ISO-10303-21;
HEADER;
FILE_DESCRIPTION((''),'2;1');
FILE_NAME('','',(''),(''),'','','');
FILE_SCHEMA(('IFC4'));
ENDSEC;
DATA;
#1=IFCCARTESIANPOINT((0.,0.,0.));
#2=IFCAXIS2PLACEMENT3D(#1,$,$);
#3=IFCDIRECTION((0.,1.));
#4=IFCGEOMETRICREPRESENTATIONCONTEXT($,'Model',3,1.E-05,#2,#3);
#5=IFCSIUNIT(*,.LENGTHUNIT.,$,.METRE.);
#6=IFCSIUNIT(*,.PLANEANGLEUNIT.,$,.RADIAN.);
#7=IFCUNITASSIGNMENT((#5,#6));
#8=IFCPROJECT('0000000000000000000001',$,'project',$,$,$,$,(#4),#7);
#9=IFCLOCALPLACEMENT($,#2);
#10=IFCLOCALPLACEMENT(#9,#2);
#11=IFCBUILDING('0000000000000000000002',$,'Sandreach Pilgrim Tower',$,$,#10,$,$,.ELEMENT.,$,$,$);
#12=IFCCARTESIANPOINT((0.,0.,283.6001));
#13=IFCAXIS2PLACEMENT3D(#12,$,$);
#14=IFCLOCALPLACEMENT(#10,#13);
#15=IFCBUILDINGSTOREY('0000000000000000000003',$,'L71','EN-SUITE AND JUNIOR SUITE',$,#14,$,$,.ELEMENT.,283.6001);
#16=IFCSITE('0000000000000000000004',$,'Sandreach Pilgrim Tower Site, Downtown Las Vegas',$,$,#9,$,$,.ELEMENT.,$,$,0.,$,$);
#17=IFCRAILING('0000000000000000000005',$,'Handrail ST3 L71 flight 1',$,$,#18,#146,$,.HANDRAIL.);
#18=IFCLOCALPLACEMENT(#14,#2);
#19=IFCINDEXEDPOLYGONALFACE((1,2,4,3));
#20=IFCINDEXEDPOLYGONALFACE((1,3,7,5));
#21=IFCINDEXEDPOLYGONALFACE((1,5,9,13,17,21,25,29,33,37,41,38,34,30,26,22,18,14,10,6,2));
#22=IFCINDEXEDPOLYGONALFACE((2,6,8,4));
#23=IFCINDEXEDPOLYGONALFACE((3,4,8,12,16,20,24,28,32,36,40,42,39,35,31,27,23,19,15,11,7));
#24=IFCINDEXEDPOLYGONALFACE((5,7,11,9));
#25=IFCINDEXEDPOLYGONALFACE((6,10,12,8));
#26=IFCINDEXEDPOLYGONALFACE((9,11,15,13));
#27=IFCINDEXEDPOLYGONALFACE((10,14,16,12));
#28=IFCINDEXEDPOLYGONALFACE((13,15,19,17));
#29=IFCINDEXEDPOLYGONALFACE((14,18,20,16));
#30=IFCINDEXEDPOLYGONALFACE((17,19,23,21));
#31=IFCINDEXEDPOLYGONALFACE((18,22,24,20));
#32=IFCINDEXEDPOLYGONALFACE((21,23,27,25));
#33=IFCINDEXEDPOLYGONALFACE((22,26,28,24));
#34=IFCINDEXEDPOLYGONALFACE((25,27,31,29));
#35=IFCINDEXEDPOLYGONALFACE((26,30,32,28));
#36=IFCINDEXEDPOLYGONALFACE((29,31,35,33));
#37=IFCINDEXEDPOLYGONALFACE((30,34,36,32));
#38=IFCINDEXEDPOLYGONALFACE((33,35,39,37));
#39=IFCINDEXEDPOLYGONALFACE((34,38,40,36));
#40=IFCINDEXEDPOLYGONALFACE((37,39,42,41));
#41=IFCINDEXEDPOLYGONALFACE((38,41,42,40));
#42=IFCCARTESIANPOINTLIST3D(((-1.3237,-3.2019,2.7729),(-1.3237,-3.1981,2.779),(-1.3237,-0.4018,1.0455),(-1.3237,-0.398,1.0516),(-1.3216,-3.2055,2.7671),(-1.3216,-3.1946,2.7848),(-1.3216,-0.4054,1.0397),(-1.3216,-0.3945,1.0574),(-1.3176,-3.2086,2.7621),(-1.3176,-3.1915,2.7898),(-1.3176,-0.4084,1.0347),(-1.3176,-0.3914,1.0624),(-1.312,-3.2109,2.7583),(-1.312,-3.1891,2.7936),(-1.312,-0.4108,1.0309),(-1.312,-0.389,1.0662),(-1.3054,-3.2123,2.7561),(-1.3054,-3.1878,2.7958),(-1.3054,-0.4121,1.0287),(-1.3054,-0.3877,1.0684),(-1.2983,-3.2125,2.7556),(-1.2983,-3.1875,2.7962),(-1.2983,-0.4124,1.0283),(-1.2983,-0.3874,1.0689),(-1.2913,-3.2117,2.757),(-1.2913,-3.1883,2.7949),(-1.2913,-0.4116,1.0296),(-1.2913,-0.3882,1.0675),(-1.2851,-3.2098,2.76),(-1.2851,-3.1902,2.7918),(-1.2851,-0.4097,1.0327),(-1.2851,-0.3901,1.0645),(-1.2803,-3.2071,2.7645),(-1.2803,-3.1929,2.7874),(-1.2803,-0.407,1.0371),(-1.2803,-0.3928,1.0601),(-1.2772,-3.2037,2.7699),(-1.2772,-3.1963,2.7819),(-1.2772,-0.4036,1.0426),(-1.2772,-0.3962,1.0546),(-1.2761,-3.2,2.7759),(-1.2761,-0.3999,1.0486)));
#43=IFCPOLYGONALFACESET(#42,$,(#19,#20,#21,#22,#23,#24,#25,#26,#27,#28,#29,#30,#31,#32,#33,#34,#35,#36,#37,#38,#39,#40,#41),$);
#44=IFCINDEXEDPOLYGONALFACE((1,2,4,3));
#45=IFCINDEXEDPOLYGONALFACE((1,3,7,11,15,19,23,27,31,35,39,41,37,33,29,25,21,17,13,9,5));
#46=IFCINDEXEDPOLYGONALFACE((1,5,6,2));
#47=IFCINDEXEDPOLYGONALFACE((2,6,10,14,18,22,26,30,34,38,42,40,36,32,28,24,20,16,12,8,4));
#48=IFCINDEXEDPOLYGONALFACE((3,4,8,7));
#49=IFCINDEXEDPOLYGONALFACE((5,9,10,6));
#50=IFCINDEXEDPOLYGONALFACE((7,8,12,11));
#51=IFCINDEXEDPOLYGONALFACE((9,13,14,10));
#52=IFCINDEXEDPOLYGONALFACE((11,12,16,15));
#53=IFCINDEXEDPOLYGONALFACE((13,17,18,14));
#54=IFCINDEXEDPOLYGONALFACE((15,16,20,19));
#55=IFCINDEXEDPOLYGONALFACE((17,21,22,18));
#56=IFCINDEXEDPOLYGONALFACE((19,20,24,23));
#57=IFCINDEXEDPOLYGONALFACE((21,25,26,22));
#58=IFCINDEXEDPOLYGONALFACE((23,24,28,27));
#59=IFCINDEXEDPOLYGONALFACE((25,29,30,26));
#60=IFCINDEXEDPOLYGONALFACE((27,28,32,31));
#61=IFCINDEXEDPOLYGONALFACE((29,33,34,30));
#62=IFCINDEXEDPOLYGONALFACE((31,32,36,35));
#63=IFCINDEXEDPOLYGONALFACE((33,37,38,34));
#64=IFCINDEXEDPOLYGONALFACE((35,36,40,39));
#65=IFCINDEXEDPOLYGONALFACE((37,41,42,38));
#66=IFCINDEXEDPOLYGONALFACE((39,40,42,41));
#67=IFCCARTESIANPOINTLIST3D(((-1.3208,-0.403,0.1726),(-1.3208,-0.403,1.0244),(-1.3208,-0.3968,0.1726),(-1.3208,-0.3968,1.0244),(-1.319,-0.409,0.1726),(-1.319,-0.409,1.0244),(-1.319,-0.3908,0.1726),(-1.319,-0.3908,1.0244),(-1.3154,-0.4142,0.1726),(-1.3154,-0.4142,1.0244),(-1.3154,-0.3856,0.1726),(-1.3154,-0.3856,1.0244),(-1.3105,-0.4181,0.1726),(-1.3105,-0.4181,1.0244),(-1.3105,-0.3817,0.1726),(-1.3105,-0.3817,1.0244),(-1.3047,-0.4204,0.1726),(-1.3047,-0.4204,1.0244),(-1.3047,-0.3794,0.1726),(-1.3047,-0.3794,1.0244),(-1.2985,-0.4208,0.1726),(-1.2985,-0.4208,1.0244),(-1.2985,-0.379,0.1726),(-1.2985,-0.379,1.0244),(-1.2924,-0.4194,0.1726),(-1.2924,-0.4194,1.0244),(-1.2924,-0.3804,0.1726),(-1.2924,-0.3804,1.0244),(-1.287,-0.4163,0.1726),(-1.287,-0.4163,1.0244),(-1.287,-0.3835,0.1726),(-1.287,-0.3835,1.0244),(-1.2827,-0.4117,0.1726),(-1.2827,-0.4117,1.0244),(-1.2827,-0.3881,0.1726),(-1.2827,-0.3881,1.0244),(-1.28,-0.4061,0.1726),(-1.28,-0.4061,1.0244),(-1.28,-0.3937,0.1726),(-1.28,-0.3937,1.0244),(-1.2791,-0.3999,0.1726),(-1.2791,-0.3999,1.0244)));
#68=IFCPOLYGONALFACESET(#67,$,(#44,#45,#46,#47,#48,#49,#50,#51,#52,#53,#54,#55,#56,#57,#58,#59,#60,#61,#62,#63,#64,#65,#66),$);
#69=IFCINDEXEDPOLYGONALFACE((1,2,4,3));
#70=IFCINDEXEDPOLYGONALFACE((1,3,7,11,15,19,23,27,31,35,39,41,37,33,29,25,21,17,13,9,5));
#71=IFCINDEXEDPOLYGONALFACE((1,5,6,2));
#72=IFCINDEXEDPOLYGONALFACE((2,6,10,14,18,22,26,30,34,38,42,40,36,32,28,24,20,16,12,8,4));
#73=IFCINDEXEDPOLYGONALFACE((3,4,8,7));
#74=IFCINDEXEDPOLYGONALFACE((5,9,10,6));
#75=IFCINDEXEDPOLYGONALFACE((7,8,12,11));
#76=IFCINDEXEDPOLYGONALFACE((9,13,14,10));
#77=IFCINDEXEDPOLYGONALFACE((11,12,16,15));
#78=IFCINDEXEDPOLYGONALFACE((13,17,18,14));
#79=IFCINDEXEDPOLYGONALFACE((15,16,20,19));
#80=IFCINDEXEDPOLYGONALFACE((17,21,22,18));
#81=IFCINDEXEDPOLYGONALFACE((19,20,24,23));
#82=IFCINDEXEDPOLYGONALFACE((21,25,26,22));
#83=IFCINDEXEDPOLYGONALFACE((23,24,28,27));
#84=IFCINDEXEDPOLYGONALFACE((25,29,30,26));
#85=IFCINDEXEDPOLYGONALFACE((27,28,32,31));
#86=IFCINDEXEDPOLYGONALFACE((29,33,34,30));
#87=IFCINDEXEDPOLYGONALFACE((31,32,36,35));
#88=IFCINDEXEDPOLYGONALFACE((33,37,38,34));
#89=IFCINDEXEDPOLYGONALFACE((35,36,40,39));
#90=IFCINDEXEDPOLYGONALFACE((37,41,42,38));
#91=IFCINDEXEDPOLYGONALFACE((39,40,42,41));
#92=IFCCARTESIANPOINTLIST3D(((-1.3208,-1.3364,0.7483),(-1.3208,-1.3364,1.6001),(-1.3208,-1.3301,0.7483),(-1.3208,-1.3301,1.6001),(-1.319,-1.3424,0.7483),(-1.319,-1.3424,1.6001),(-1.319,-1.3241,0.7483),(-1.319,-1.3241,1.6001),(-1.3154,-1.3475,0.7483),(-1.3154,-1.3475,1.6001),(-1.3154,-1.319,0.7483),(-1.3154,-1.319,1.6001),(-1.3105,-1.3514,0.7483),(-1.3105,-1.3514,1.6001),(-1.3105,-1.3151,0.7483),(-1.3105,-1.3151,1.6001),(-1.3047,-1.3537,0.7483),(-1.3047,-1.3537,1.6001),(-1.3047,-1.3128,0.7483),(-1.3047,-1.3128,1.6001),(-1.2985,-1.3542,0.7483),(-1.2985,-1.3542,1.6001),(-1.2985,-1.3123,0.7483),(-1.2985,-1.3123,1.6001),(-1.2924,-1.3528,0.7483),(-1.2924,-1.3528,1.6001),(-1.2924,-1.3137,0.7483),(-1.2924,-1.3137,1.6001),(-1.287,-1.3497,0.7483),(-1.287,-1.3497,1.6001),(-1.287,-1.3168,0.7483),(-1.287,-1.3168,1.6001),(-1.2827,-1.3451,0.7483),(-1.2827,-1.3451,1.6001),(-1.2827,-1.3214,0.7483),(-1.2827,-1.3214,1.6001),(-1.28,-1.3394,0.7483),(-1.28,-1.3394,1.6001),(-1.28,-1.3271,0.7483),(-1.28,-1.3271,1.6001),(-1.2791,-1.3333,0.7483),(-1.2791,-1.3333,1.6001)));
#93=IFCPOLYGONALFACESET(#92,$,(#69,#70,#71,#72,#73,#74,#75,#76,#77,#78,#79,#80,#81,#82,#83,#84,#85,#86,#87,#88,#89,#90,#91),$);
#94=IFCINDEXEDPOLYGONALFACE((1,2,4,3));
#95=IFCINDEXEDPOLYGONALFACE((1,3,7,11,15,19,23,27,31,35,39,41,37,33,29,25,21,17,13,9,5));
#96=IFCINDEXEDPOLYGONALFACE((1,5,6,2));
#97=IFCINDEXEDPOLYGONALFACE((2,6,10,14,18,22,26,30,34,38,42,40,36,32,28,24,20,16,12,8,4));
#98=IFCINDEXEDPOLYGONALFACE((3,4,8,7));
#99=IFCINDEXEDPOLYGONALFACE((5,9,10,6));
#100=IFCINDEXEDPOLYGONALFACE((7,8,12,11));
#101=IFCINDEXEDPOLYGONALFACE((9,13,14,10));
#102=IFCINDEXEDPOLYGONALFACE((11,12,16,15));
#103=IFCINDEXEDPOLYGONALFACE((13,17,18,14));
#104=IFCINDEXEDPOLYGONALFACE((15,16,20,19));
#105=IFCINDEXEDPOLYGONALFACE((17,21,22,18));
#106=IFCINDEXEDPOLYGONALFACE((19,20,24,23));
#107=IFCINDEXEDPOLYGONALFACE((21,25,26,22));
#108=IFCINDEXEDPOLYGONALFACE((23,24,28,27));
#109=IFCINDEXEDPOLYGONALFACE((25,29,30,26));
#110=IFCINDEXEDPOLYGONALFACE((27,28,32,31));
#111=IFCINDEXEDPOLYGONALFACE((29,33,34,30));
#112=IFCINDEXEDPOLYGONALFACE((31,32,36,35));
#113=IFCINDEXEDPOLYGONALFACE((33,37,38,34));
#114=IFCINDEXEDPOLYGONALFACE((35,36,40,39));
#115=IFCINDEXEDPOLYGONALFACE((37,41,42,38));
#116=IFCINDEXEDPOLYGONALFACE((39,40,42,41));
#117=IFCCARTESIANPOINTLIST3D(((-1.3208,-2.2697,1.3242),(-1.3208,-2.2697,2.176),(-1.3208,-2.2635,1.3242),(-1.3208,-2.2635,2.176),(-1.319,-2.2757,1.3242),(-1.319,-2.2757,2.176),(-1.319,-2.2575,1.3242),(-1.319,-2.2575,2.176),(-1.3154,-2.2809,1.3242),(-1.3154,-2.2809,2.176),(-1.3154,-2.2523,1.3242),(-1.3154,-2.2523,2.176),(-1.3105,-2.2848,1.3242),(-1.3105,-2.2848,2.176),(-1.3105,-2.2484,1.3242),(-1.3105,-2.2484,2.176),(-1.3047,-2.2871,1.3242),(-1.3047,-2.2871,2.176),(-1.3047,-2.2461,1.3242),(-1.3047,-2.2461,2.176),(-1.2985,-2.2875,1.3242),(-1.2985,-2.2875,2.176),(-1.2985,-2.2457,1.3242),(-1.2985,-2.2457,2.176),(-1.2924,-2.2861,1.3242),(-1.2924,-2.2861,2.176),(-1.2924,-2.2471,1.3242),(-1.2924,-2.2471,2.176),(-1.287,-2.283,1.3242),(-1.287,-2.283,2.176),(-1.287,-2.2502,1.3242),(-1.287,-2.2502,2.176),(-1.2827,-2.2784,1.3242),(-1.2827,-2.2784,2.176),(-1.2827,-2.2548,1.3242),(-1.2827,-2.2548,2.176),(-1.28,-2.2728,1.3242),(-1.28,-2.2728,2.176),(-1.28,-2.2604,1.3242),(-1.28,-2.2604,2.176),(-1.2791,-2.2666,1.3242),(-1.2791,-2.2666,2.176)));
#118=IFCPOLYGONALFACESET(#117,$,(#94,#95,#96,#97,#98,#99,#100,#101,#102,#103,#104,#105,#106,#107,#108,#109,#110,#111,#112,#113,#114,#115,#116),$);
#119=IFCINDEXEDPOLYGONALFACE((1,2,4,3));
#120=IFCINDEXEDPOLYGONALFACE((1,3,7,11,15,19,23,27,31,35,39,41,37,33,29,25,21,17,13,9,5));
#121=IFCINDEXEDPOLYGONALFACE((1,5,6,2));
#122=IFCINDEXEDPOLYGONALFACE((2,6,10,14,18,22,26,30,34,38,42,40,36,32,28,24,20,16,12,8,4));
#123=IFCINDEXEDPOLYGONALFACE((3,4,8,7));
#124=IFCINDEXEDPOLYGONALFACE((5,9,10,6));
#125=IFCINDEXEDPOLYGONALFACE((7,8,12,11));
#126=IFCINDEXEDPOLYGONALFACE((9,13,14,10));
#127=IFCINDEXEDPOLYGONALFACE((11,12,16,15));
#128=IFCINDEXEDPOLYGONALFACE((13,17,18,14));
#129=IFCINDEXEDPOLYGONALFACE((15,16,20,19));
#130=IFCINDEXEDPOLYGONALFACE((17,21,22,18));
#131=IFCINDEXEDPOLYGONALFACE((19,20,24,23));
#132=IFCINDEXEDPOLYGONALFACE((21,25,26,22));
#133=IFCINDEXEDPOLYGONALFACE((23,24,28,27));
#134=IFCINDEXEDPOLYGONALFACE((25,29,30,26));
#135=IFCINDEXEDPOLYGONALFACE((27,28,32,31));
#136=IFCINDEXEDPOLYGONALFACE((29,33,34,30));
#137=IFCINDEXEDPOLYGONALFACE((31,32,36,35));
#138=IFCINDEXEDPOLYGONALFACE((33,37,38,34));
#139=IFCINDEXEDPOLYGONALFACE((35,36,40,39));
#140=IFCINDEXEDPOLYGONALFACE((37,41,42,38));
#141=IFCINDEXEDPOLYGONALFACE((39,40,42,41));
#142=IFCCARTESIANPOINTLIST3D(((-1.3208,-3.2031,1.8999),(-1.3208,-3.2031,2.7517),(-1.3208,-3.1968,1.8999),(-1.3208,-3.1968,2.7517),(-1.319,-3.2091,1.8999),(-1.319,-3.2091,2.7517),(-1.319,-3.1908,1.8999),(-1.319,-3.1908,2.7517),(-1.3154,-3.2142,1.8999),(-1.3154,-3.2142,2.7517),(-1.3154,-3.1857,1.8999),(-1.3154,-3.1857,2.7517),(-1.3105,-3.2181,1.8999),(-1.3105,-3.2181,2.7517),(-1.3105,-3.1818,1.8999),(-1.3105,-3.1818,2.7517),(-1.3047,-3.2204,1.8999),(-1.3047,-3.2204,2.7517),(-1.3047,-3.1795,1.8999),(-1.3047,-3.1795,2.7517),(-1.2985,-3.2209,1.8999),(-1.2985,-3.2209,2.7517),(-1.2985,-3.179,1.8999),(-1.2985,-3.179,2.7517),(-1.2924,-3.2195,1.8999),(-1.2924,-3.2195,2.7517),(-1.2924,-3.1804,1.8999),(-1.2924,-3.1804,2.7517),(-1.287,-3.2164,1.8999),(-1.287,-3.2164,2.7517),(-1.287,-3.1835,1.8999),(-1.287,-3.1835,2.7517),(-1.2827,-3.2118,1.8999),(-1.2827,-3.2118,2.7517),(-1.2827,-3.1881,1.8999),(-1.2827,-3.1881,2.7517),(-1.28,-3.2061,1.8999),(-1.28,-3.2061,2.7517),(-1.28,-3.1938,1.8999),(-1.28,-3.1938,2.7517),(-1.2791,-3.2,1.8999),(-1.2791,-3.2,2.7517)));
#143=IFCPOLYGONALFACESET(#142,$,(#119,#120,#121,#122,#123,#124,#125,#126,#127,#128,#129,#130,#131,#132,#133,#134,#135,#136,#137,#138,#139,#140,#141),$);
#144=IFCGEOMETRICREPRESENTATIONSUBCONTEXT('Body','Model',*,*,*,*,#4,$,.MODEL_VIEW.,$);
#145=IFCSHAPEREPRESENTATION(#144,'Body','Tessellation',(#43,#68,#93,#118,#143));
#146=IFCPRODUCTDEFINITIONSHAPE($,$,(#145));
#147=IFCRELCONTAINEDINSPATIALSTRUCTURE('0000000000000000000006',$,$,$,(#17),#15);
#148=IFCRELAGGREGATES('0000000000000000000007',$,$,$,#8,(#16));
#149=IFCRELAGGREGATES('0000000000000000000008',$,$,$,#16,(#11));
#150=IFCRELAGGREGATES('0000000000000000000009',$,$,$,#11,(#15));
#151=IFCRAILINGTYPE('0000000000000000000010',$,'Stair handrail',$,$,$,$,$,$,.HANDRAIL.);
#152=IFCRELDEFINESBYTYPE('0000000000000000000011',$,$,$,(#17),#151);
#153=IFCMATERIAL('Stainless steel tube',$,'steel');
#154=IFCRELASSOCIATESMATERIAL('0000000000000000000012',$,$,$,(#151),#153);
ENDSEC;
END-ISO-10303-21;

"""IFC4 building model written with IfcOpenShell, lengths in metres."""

from ifc_helpers import new_model, si_unit, direction, frame, origin, origin_2d, place, context, subcontext, project, spatial, circle, extrude, material, type_object, element, save


model = new_model("IFC4")

# Units and contexts
model_context = context("Model", 3, precision=1e-05, world=origin(), true_north=direction((0.0, 1.0)))
body_context = subcontext(model_context, "Body", "Model", "MODEL_VIEW")
ifc_project = project(units=[si_unit("LENGTHUNIT", "METRE"), si_unit("PLANEANGLEUNIT", "RADIAN")], contexts=[model_context])

# Site, building, storey
site_placement = place(None, origin())
site = spatial("IfcSite", under=ifc_project, at=site_placement, Name="Sandreach Pilgrim Tower Site, Downtown Las Vegas", CompositionType="ELEMENT", RefElevation=0.0)
building_placement = place(site_placement, origin())
building = spatial("IfcBuilding", under=site, at=building_placement, Name="Sandreach Pilgrim Tower", CompositionType="ELEMENT")
storey_placement = place(building_placement, frame((0.0, 0.0, 283.6001)))
storey = spatial("IfcBuildingStorey", under=building, at=storey_placement, Name="L71", Description="EN-SUITE AND JUNIOR SUITE", CompositionType="ELEMENT", Elevation=283.6001)

# Railing
ifc_material_1 = material(Name="Stainless steel tube", Category="steel")
railing_type = type_object("IfcRailingType", Name="Stair handrail", PredefinedType="HANDRAIL", material=ifc_material_1)
for number, where, name in (
    (1, (-1.3, -0.3999, 0.1726), "Handrail ST3 L71 flight 1"),
):
    element("IfcRailing", number, at=place(storey_placement, frame(where)), inside=storey, type_object=railing_type, Name=name, PredefinedType="HANDRAIL", context=body_context, shape_type="SweptSolid", body=[
        extrude(circle(Radius=0.0239, at=origin_2d()), frame((0.0, 0.0, 0.876), z_axis=(0.0, -0.85109, 0.52502), x_axis=(1.0, 0.0, 0.0)), (0.0, 0.0, 1.0), 3.29),
        extrude(circle(Radius=0.021, at=origin_2d()), origin(), (0.0, 0.0, 1.0), 0.8518),
        extrude(circle(Radius=0.021, at=origin_2d()), frame((0.0, -0.9333, 0.5757)), (0.0, 0.0, 1.0), 0.8518),
        extrude(circle(Radius=0.021, at=origin_2d()), frame((0.0, -1.8667, 1.1516)), (0.0, 0.0, 1.0), 0.8518),
        extrude(circle(Radius=0.021, at=origin_2d()), frame((0.0, -2.8, 1.7273)), (0.0, 0.0, 1.0), 0.8518),
    ])

save(model, "model.ifc")
